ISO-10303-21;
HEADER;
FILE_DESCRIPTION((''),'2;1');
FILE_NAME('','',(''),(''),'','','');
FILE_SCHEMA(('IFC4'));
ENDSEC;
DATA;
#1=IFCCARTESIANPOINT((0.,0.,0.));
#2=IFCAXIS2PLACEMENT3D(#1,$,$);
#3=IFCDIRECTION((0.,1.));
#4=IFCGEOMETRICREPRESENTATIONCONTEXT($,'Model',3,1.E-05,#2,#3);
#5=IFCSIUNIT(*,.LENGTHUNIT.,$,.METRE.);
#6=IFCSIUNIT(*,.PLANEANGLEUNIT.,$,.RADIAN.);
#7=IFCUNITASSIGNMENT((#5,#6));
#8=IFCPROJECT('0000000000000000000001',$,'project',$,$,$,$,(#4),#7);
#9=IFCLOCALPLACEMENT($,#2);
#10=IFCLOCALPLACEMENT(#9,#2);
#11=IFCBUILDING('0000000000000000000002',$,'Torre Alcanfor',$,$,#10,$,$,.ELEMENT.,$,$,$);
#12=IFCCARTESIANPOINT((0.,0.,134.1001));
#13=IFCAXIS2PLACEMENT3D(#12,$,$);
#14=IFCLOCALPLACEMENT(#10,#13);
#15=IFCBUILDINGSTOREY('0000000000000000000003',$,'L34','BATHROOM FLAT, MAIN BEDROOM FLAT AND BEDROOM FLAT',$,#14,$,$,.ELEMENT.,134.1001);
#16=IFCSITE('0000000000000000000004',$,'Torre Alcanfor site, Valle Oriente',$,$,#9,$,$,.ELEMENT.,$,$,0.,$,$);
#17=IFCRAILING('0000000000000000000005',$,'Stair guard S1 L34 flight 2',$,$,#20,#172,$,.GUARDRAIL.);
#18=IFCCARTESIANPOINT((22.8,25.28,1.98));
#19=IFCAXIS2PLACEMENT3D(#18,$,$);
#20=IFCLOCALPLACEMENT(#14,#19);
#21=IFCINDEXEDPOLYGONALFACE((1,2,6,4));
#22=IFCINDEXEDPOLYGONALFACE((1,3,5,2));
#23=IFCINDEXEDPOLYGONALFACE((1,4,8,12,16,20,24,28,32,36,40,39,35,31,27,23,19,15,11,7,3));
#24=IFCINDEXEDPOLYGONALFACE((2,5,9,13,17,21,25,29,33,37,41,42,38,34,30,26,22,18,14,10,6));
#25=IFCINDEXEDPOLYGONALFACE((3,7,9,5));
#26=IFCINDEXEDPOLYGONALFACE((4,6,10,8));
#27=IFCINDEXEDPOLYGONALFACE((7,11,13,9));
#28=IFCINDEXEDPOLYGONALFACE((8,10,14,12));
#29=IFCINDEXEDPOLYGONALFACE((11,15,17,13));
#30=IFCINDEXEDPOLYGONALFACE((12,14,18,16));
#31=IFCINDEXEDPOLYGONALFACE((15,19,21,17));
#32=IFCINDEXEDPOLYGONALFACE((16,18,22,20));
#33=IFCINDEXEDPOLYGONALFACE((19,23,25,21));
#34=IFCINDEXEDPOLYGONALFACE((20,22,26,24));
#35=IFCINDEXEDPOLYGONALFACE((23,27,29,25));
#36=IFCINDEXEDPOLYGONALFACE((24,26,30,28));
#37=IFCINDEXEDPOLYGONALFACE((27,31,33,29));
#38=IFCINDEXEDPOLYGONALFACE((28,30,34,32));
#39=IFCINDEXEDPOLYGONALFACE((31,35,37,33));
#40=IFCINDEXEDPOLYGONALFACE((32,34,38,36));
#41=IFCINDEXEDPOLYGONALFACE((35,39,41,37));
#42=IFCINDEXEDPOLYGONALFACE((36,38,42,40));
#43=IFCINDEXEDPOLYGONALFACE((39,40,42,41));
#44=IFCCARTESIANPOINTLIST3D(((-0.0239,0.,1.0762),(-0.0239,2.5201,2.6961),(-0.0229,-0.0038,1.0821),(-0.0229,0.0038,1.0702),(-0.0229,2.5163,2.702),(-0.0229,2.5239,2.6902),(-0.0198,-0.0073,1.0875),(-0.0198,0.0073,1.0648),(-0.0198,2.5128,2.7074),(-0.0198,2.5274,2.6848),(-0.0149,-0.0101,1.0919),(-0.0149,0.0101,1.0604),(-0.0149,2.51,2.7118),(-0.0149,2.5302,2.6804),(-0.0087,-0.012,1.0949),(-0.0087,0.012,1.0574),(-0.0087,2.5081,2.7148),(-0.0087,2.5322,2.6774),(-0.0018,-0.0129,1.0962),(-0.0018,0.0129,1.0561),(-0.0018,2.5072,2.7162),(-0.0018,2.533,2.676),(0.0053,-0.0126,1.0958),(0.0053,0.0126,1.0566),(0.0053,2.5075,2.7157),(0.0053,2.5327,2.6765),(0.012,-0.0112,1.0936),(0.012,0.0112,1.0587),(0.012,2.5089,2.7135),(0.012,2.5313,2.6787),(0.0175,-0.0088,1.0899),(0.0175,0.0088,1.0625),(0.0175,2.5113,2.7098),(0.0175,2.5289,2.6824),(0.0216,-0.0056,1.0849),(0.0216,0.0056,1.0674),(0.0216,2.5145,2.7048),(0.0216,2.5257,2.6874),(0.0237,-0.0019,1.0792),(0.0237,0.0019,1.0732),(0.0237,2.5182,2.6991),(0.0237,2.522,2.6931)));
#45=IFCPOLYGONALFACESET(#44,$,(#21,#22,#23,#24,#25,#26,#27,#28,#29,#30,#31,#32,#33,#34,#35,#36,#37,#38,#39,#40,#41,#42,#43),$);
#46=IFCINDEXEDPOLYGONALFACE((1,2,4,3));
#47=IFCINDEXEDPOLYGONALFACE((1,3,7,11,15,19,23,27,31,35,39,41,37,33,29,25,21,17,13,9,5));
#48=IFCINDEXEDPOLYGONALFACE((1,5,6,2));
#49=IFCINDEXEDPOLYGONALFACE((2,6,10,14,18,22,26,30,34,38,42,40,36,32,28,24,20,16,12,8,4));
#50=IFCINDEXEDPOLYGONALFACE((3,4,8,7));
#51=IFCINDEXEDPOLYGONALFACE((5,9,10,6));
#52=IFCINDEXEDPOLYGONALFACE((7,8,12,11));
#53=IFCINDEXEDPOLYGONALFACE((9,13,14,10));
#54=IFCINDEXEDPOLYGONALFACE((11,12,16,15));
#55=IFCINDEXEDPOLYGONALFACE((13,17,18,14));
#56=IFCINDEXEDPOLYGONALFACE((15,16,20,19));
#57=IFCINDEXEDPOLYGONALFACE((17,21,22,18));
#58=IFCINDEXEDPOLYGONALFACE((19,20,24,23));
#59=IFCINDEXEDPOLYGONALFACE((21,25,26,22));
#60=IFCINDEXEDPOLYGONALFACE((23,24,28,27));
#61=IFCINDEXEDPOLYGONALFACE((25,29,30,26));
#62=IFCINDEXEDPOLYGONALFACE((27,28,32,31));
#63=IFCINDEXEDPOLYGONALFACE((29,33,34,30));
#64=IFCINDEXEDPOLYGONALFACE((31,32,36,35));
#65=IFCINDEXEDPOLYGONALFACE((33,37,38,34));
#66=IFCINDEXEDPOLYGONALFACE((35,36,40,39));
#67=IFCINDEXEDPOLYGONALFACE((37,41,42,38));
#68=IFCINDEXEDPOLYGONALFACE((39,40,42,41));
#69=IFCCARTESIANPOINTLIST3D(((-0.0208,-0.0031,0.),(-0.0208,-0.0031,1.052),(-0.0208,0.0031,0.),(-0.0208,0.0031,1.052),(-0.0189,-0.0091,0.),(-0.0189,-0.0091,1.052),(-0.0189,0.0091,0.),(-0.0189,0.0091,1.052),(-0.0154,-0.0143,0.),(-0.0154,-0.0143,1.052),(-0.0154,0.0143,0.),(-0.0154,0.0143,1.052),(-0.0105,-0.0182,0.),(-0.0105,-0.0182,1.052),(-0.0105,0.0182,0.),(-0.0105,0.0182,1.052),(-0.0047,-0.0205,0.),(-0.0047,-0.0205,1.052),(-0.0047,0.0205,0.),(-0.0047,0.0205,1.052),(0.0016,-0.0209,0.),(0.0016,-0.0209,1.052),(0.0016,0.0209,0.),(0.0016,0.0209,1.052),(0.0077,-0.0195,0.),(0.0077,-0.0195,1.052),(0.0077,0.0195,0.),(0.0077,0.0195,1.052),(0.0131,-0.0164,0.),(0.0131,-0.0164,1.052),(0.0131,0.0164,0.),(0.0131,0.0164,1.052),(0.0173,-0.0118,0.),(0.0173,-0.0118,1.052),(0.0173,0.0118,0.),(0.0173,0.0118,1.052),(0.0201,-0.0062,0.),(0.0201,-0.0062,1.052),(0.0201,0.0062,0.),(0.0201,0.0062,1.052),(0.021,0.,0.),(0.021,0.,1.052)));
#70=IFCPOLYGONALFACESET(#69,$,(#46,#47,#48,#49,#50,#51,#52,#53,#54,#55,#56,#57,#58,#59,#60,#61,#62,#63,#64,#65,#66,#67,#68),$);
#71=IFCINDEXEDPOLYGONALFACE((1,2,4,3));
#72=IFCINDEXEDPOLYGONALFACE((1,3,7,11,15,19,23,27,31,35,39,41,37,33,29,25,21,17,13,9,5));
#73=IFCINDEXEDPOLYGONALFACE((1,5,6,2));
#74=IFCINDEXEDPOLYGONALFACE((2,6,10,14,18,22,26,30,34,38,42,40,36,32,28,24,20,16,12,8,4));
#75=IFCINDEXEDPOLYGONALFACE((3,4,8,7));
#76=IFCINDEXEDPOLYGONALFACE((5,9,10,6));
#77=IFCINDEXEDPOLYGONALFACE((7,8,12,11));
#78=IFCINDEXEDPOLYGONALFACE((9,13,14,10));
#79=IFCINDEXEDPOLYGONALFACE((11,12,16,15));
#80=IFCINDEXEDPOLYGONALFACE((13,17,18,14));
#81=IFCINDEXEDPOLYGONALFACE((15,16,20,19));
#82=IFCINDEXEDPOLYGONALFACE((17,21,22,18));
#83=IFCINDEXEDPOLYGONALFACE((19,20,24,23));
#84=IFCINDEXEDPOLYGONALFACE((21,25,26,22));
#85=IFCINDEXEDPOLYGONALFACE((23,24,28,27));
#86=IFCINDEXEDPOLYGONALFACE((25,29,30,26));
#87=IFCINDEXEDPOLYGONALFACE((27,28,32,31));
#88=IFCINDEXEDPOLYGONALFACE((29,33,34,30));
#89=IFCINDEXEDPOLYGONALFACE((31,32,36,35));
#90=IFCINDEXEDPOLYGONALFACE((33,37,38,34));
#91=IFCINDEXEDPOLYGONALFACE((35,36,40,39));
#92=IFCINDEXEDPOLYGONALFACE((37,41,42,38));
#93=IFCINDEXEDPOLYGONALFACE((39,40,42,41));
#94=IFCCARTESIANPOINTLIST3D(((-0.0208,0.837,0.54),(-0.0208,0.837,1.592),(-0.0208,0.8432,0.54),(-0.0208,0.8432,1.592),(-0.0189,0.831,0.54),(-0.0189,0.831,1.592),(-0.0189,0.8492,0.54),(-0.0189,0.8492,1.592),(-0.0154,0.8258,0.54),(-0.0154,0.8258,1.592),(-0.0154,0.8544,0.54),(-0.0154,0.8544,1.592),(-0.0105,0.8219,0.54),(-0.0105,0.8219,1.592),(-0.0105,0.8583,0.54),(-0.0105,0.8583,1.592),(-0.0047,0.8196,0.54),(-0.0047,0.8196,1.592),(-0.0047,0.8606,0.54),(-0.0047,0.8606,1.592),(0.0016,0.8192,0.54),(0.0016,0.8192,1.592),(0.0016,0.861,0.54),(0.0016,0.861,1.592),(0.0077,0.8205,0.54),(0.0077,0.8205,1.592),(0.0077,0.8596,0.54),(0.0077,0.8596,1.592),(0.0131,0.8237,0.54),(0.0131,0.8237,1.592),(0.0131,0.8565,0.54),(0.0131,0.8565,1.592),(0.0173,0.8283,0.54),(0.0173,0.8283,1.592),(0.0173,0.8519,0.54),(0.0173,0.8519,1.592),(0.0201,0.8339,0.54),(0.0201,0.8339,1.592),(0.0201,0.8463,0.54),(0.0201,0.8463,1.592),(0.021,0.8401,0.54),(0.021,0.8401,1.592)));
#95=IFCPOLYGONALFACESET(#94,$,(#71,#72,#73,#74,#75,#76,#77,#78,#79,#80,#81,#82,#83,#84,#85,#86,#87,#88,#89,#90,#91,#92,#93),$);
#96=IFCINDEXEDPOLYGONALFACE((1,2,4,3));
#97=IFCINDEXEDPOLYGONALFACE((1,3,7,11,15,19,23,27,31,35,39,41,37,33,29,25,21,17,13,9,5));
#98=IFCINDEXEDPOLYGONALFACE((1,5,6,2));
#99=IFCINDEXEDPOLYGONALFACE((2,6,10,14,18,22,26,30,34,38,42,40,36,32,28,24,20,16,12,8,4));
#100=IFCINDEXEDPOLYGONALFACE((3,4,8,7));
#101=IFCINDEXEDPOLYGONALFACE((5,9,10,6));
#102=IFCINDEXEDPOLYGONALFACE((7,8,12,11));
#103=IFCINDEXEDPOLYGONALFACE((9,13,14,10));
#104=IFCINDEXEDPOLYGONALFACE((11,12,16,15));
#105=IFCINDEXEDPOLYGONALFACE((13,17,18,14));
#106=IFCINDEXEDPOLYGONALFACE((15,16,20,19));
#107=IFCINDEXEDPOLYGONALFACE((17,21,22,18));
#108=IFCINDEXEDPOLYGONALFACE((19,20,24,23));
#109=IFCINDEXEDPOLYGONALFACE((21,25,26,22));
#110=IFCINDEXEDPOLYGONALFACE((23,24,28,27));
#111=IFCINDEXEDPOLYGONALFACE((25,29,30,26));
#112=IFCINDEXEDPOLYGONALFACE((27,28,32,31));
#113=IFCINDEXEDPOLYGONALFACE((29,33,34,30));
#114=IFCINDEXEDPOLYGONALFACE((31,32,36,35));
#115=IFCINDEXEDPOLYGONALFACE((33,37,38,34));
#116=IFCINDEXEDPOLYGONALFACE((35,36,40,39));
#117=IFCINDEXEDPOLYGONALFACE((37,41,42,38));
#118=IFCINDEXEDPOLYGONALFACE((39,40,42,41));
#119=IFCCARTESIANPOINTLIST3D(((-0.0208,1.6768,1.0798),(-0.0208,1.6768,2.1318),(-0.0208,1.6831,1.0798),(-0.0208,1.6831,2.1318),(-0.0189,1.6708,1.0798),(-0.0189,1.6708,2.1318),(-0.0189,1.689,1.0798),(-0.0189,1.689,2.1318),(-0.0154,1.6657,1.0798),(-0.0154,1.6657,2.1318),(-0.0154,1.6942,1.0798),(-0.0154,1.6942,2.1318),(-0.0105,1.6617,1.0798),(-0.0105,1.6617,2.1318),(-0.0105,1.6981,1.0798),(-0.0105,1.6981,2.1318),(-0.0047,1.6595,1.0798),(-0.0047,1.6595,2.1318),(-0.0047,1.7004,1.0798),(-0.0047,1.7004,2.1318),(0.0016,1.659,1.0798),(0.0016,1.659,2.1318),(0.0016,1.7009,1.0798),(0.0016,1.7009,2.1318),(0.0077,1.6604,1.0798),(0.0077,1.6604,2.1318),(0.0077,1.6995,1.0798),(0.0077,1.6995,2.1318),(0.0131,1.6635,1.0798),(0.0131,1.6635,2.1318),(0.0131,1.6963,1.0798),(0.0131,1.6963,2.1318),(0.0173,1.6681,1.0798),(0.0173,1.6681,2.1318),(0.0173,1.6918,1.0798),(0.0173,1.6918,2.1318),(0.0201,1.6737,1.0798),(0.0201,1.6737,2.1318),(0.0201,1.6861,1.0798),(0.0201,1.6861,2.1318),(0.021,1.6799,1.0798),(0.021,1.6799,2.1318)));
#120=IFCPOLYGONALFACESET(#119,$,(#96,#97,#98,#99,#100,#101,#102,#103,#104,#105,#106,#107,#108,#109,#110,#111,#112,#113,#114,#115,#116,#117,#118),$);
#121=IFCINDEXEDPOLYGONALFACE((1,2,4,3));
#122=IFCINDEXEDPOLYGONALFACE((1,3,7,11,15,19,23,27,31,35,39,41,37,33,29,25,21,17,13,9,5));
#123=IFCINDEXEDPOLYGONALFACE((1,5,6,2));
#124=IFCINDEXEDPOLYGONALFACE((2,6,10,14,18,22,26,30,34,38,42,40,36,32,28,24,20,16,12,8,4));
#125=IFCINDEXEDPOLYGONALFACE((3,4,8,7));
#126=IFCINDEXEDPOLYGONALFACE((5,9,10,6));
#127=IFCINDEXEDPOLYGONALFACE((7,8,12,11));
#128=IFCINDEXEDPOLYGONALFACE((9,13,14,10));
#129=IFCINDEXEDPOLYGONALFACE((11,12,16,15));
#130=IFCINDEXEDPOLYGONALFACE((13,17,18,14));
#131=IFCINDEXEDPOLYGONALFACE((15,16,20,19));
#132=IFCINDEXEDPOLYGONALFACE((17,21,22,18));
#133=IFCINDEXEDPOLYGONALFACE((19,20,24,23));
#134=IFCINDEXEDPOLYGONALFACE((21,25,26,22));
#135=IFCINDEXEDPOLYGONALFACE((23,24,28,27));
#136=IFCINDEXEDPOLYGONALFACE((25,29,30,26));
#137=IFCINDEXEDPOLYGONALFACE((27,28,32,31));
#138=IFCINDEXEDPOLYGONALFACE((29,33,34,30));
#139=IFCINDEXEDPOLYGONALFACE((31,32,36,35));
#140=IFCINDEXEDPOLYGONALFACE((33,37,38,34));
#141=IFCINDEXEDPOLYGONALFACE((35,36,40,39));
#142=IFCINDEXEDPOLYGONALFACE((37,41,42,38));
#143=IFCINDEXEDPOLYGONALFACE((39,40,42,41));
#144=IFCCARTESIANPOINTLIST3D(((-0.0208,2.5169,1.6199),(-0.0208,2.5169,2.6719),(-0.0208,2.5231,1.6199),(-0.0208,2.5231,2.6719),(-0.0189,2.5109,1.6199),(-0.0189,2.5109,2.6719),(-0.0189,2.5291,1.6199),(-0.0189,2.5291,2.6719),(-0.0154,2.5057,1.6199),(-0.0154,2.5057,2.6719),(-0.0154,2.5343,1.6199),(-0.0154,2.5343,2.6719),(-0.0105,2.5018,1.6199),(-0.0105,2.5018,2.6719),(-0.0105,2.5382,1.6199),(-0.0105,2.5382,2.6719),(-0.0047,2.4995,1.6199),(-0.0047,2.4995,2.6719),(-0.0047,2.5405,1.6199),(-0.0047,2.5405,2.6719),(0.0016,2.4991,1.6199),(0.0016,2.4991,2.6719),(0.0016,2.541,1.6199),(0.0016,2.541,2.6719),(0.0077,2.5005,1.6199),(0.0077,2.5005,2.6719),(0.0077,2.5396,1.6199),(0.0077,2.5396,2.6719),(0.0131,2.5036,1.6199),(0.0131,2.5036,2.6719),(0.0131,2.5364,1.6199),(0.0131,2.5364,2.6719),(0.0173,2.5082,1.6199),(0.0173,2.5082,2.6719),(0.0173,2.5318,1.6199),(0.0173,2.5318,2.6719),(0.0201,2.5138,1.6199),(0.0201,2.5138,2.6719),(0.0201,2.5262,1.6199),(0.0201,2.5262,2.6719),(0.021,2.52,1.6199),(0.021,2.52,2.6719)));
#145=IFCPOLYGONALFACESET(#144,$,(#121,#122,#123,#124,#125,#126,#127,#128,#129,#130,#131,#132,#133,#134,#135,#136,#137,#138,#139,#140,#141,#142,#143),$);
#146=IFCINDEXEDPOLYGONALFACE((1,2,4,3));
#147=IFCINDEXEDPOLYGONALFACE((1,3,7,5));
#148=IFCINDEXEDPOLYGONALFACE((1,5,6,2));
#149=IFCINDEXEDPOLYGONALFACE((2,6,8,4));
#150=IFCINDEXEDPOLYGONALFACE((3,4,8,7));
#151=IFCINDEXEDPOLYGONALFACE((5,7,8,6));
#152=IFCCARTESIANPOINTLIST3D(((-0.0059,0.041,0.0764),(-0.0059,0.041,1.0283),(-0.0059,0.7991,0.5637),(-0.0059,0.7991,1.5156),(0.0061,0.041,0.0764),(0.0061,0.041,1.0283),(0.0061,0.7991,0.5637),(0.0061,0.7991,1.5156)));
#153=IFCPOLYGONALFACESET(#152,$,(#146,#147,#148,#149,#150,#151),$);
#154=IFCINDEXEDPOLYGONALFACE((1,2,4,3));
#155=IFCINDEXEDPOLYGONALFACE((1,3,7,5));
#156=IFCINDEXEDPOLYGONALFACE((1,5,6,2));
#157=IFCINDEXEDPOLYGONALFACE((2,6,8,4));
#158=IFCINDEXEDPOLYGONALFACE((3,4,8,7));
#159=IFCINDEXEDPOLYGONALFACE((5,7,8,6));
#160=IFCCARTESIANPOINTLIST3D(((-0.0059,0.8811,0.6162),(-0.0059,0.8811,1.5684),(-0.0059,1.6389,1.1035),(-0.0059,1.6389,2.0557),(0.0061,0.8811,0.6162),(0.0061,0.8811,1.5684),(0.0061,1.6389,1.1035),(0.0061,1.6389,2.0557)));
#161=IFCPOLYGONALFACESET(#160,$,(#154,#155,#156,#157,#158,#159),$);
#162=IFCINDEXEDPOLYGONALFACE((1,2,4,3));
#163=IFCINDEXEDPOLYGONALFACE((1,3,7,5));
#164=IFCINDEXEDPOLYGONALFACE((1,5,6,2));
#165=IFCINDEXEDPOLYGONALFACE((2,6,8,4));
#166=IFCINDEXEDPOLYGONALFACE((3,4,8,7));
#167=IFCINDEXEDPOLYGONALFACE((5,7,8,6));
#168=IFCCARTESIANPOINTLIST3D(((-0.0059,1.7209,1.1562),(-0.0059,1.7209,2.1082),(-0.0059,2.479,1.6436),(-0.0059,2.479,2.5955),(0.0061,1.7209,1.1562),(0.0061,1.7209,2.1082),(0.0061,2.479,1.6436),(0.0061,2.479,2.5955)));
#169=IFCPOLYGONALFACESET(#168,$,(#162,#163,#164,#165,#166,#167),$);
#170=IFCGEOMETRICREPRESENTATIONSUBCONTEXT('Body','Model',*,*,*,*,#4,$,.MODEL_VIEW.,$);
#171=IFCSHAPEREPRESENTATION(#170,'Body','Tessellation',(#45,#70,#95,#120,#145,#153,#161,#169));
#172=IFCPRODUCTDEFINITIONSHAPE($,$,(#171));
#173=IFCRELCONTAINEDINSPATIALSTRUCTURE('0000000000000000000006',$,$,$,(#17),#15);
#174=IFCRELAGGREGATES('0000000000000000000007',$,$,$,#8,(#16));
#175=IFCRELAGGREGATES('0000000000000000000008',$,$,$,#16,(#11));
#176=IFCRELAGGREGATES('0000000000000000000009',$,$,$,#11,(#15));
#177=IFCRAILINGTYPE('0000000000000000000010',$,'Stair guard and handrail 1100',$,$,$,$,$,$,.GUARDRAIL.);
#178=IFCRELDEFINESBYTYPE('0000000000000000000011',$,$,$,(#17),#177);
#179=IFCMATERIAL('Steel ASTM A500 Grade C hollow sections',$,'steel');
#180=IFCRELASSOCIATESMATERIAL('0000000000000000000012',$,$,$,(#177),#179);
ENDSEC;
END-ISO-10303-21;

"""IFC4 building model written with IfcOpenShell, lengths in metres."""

from ifc_helpers import new_model, si_unit, direction, frame, origin, origin_2d, place, context, subcontext, project, spatial, polyline, circle, outline, extrude, material, type_object, element, save


model = new_model("IFC4")

# Units and contexts
model_context = context("Model", 3, precision=1e-05, world=origin(), true_north=direction((0.0, 1.0)))
body_context = subcontext(model_context, "Body", "Model", "MODEL_VIEW")
ifc_project = project(units=[si_unit("LENGTHUNIT", "METRE"), si_unit("PLANEANGLEUNIT", "RADIAN")], contexts=[model_context])

# Site, building, storey
site_placement = place(None, origin())
site = spatial("IfcSite", under=ifc_project, at=site_placement, Name="Torre Alcanfor site, Valle Oriente", CompositionType="ELEMENT", RefElevation=0.0)
building_placement = place(site_placement, origin())
building = spatial("IfcBuilding", under=site, at=building_placement, Name="Torre Alcanfor", CompositionType="ELEMENT")
storey_placement = place(building_placement, frame((0.0, 0.0, 134.1001)))
storey = spatial("IfcBuildingStorey", under=building, at=storey_placement, Name="L34", Description="BATHROOM FLAT, MAIN BEDROOM FLAT AND BEDROOM FLAT", CompositionType="ELEMENT", Elevation=134.1001)

# Railing
ifc_material_1 = material(Name="Steel ASTM A500 Grade C hollow sections", Category="steel")
railing_type_1 = type_object("IfcRailingType", Name="Stair guard and handrail 1100", PredefinedType="GUARDRAIL", material=ifc_material_1)
railing_1_placement = place(storey_placement, frame((22.8, 25.28, 1.98)))
element("IfcRailing", 1, at=railing_1_placement, inside=storey, type_object=railing_type_1, Name="Stair guard S1 L34 flight 2", PredefinedType="GUARDRAIL", context=body_context, shape_type="SweptSolid", body=[
    extrude(circle(Radius=0.0239, at=origin_2d()), frame((0.0, 0.0, 1.0762), z_axis=(0.0, 0.8412, 0.540725), x_axis=(-1.0, 0.0, 0.0)), (0.0, 0.0, 1.0), 2.9958),
    extrude(circle(Radius=0.021, at=origin_2d()), origin(), (0.0, 0.0, 1.0), 1.052),
    extrude(circle(Radius=0.021, at=origin_2d()), frame((0.0, 0.8401, 0.54)), (0.0, 0.0, 1.0), 1.052),
    extrude(circle(Radius=0.021, at=origin_2d()), frame((0.0, 1.6799, 1.0798)), (0.0, 0.0, 1.0), 1.052),
    extrude(circle(Radius=0.021, at=origin_2d()), frame((0.0, 2.52, 1.6199)), (0.0, 0.0, 1.0), 1.052),
    extrude(outline(polyline([(0.041, 0.0764), (0.7991, 0.5637), (0.7991, 1.5156), (0.041, 1.0283), (0.041, 0.0764)])), frame((-0.0059, 0.0, 0.0), z_axis=(1.0, 0.0, 0.0), x_axis=(0.0, 1.0, 0.0)), (0.0, 0.0, 1.0), 0.012),
    extrude(outline(polyline([(0.8811, 0.6162), (1.6389, 1.1035), (1.6389, 2.0557), (0.8811, 1.5684), (0.8811, 0.6162)])), frame((-0.0059, 0.0, 0.0), z_axis=(1.0, 0.0, 0.0), x_axis=(0.0, 1.0, 0.0)), (0.0, 0.0, 1.0), 0.012),
    extrude(outline(polyline([(1.7209, 1.1562), (2.479, 1.6436), (2.479, 2.5955), (1.7209, 2.1082), (1.7209, 1.1562)])), frame((-0.0059, 0.0, 0.0), z_axis=(1.0, 0.0, 0.0), x_axis=(0.0, 1.0, 0.0)), (0.0, 0.0, 1.0), 0.012),
])

save(model, "model.ifc")
